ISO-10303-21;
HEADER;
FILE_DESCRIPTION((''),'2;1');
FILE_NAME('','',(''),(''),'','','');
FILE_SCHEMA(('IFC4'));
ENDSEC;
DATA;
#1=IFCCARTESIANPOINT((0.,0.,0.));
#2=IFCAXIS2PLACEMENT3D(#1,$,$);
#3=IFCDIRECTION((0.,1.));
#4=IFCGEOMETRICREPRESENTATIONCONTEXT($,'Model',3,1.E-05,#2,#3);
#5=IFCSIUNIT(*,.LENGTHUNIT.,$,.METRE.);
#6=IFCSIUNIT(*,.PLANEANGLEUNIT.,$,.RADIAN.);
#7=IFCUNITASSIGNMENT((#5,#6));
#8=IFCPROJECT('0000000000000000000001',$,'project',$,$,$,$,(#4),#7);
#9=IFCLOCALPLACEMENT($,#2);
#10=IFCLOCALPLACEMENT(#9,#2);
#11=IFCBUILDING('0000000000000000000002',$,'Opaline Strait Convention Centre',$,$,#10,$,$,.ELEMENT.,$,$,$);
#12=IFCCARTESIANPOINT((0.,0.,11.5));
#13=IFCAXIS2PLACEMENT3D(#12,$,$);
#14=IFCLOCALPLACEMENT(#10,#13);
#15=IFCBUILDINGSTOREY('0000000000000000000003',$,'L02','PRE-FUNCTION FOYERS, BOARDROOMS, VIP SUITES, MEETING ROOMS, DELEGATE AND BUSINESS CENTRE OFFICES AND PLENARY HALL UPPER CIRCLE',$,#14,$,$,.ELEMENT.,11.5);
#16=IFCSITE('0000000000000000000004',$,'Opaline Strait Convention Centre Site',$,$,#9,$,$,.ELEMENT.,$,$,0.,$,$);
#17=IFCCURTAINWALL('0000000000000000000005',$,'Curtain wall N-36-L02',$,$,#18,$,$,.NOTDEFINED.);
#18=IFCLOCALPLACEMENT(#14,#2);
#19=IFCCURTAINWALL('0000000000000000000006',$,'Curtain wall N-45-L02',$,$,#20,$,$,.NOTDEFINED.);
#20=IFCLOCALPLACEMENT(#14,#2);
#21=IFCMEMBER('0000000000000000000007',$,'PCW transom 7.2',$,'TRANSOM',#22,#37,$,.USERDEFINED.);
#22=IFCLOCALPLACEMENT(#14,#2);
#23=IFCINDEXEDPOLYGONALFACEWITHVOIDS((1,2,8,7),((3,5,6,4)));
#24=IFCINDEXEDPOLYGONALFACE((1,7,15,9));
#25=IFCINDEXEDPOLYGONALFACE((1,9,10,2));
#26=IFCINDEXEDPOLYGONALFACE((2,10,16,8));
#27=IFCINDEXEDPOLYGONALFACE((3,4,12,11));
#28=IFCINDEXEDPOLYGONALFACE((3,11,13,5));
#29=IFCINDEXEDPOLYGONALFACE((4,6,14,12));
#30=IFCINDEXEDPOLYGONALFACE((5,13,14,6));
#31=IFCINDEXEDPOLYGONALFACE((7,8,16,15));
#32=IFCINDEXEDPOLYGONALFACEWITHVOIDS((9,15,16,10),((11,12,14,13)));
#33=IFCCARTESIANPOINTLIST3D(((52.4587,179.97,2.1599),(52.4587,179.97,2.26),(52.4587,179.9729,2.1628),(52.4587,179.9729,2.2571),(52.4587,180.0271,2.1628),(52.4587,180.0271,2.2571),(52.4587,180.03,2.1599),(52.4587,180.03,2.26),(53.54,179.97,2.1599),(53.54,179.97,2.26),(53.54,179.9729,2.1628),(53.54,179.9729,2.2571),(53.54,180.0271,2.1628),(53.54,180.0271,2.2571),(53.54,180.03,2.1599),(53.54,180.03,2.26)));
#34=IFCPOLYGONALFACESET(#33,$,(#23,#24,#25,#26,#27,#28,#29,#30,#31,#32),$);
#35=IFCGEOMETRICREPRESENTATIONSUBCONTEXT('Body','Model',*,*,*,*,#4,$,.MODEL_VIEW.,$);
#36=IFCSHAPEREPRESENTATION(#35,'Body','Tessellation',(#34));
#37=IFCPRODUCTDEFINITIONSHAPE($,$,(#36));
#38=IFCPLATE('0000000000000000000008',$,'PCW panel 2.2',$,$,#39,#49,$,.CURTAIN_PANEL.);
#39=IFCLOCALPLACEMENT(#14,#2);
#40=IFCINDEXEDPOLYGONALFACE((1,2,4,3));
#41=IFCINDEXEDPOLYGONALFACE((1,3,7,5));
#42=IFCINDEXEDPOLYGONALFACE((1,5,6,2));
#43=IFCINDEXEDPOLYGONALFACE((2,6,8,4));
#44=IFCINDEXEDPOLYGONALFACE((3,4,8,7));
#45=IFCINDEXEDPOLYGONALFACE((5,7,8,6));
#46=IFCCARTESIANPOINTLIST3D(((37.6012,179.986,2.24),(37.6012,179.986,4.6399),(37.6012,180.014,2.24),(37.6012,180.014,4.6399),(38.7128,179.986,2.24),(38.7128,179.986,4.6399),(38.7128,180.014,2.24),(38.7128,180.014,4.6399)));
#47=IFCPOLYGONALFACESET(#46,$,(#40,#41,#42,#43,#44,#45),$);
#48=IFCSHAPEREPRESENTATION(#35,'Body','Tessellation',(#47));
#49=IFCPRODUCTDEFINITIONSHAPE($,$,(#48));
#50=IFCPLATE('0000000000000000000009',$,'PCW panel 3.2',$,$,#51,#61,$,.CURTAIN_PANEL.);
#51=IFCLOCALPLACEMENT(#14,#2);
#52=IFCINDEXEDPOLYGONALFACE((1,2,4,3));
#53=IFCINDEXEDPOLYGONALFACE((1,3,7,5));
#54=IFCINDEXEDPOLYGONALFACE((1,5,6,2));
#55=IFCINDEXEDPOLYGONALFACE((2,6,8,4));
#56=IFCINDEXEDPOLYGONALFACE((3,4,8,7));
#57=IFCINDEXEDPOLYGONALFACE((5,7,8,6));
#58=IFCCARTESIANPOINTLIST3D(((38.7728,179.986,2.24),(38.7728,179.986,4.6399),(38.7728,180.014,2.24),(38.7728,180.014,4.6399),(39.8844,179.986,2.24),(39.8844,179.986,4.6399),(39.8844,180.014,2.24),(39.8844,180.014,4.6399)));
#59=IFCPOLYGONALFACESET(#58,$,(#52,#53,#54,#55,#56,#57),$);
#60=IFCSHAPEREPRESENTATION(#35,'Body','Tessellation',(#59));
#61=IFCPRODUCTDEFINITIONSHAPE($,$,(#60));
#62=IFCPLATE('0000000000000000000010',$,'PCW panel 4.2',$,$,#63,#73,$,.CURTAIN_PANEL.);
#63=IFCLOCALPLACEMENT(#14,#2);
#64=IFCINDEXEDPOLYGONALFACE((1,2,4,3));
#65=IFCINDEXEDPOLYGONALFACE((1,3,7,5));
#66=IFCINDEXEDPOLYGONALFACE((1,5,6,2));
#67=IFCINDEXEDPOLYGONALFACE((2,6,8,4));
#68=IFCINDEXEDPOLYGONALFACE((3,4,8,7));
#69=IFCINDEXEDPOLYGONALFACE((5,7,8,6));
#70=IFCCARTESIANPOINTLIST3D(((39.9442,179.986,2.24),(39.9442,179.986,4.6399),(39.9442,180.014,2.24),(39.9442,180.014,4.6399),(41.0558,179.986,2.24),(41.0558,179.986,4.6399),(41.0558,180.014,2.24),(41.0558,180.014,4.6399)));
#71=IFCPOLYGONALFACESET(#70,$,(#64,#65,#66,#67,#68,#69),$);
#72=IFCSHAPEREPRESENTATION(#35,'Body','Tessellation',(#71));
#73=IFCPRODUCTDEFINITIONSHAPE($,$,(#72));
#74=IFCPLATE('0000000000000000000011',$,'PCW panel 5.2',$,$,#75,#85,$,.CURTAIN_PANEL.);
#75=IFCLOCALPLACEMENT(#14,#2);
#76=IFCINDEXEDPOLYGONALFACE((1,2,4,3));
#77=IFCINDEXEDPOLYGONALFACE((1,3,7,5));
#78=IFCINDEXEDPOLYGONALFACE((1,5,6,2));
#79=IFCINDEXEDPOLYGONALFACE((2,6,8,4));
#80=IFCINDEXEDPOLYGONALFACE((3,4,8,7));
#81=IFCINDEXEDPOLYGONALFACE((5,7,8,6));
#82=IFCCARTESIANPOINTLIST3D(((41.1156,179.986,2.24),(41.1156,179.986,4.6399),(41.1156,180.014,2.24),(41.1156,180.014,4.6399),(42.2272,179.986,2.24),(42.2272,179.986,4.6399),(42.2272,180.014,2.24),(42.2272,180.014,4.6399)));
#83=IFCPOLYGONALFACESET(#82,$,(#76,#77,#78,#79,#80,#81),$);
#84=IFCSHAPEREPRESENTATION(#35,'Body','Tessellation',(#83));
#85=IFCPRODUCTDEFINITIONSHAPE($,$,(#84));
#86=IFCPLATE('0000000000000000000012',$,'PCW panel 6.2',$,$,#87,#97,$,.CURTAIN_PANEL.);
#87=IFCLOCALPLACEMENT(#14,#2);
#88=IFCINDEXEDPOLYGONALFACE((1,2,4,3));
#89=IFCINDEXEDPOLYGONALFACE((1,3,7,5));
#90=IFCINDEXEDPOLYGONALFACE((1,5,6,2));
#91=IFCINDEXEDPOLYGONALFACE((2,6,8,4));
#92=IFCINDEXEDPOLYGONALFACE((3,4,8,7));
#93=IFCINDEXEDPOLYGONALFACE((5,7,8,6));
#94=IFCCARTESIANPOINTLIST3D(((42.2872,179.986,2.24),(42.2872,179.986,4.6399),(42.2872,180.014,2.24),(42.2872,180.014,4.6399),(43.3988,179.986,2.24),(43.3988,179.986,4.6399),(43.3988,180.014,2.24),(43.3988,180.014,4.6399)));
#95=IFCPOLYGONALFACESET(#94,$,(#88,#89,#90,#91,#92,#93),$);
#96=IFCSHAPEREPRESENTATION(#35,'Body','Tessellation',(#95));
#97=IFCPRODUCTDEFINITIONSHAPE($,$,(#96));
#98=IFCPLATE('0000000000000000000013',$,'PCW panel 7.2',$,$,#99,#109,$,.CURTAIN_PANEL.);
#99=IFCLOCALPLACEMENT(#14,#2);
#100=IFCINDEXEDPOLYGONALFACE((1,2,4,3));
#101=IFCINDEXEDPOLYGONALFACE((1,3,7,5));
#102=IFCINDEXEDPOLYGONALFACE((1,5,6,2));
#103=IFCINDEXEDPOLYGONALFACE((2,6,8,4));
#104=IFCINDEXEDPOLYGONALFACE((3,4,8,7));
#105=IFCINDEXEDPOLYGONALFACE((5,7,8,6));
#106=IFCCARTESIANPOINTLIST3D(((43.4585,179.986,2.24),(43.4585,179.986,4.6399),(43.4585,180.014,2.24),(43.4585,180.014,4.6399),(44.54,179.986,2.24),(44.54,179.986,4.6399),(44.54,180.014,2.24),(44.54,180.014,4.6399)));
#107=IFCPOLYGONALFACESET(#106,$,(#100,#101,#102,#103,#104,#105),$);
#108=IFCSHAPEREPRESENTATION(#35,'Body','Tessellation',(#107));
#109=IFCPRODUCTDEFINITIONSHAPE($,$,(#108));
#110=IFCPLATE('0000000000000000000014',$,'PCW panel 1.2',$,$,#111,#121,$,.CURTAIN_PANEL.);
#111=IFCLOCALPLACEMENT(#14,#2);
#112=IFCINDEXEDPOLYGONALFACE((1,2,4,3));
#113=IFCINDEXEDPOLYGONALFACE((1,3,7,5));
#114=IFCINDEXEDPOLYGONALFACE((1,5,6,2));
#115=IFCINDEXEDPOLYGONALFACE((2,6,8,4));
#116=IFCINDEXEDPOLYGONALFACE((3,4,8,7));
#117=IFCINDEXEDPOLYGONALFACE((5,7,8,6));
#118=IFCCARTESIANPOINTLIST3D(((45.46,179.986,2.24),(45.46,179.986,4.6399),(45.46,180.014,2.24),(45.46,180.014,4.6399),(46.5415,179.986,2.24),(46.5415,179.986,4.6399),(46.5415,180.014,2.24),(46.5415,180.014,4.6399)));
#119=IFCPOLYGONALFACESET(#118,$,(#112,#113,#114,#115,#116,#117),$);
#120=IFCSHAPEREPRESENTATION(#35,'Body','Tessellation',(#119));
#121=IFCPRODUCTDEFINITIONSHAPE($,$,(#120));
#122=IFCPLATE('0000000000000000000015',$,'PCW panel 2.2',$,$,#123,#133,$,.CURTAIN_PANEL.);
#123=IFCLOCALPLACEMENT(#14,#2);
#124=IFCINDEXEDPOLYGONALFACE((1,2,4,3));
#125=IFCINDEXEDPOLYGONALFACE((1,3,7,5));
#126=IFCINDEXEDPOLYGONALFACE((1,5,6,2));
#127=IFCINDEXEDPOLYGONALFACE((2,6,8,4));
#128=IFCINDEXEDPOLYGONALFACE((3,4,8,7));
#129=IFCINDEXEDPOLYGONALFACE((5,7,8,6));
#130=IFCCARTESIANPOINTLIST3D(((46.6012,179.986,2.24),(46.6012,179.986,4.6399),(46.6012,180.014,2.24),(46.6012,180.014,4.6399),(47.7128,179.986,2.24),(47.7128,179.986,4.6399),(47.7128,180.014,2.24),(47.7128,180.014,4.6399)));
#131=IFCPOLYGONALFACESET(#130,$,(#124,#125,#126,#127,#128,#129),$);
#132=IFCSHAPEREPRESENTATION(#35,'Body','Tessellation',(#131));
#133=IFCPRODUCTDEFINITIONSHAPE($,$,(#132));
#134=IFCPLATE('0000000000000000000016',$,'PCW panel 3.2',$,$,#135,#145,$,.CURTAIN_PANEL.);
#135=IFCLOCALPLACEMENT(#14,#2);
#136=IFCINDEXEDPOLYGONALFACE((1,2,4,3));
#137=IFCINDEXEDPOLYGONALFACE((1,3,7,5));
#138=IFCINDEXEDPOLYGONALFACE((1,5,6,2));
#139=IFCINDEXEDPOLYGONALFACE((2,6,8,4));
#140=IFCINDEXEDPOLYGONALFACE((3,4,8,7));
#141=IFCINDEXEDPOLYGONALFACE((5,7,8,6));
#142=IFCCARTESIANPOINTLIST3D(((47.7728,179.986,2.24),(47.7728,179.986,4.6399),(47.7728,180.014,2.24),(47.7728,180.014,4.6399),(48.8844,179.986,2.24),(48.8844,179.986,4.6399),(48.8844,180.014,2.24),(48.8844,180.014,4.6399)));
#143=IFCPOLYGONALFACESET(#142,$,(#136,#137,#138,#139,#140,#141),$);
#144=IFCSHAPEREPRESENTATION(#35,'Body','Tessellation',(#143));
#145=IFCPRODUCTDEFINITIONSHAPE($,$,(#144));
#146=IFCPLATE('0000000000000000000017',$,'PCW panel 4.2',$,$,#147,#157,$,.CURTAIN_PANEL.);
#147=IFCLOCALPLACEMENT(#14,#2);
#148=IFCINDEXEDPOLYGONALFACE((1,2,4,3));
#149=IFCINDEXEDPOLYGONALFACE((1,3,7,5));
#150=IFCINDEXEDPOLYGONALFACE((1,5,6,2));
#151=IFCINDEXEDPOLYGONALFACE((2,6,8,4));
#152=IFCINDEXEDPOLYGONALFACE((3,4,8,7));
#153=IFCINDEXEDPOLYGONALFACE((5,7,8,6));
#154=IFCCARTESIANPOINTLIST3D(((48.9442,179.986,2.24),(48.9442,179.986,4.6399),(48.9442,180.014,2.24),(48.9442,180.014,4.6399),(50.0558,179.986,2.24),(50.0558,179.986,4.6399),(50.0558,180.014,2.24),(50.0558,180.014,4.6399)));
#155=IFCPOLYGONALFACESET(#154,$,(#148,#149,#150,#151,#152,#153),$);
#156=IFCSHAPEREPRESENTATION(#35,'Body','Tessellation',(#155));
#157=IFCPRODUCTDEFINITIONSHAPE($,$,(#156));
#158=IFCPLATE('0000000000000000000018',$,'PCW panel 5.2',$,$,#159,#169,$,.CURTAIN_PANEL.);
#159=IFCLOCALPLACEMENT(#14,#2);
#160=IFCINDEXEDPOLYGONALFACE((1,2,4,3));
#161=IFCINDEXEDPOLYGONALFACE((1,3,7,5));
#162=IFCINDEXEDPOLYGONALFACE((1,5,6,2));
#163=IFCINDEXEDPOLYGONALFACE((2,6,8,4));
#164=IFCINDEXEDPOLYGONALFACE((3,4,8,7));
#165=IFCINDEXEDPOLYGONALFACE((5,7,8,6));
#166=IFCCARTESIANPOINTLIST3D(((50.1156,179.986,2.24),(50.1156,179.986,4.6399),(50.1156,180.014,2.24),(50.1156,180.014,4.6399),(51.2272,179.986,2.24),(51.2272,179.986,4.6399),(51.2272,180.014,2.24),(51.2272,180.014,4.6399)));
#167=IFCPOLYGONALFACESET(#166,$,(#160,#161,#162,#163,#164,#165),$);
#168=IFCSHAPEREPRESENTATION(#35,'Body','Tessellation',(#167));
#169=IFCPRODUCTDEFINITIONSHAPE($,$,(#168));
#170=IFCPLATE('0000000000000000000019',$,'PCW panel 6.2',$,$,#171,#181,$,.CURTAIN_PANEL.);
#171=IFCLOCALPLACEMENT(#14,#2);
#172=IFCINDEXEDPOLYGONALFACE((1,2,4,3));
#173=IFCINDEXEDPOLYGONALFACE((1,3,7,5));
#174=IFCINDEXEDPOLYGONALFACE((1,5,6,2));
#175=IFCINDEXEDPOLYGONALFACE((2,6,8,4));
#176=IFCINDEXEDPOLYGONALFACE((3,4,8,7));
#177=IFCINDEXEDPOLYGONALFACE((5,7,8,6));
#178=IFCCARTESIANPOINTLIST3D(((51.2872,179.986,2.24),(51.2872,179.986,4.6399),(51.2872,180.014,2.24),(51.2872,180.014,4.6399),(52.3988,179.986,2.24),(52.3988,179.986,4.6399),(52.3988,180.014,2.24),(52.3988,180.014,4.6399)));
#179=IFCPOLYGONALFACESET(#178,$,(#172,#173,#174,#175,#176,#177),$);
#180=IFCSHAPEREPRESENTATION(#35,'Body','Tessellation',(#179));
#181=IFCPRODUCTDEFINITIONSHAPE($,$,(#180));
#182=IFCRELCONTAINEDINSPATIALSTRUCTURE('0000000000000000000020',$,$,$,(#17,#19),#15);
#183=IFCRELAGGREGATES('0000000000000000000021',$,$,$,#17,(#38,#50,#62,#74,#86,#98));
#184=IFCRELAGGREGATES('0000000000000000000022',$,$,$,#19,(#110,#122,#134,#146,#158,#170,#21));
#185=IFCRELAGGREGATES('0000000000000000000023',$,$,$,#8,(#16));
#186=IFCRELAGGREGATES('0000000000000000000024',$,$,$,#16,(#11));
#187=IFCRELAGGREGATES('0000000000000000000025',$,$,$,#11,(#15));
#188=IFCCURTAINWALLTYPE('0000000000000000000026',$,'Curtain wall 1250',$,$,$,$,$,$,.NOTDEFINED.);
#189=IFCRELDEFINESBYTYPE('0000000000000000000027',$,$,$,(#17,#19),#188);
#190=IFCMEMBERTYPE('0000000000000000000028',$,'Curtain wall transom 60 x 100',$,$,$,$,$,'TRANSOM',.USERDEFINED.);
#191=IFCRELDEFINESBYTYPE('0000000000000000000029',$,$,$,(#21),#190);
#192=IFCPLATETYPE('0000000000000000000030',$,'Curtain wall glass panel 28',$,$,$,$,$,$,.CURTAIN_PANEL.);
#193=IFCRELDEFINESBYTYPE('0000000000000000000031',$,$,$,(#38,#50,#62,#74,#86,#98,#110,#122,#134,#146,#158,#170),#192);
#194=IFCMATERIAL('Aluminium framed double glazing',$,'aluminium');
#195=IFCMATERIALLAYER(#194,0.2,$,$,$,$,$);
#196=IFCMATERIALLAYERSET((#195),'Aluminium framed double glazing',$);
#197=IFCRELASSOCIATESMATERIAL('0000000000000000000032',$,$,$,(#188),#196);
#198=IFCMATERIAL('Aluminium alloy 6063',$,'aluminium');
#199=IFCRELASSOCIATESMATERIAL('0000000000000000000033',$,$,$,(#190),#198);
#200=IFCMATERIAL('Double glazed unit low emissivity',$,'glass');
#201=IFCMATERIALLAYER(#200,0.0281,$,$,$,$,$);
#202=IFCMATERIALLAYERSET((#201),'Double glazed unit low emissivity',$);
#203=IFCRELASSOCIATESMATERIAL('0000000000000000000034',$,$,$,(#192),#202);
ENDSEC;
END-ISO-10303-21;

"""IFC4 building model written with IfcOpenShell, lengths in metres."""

from ifc_helpers import new_model, si_unit, direction, frame, origin, origin_2d, place, context, subcontext, project, spatial, rectangle, hollow_rectangle, extrude, material, layer, layer_set, material_profile, profile_set, type_object, element, aggregate, save


model = new_model("IFC4")

# Units and contexts
model_context = context("Model", 3, precision=1e-05, world=origin(), true_north=direction((0.0, 1.0)))
body_context = subcontext(model_context, "Body", "Model", "MODEL_VIEW")
ifc_project = project(units=[si_unit("LENGTHUNIT", "METRE"), si_unit("PLANEANGLEUNIT", "RADIAN")], contexts=[model_context])

# Site, building, storey
site_placement = place(None, origin())
site = spatial("IfcSite", under=ifc_project, at=site_placement, Name="Opaline Strait Convention Centre Site", CompositionType="ELEMENT", RefElevation=0.0)
building_placement = place(site_placement, origin())
building = spatial("IfcBuilding", under=site, at=building_placement, Name="Opaline Strait Convention Centre", CompositionType="ELEMENT")
storey_placement = place(building_placement, frame((0.0, 0.0, 11.5)))
storey = spatial("IfcBuildingStorey", under=building, at=storey_placement, Name="L02", Description="PRE-FUNCTION FOYERS, BOARDROOMS, VIP SUITES, MEETING ROOMS, DELEGATE AND BUSINESS CENTRE OFFICES AND PLENARY HALL UPPER CIRCLE", CompositionType="ELEMENT", Elevation=11.5)

# Curtain walls, member
ifc_material_1 = material(Name="Aluminium framed double glazing", Category="aluminium")
ifc_layer_1 = layer(ifc_material_1, 0.2)
ifc_layer_set_1 = layer_set([ifc_layer_1], Name="Aluminium framed double glazing")
curtain_wall_type = type_object("IfcCurtainWallType", Name="Curtain wall 1250", PredefinedType="NOTDEFINED", material=ifc_layer_set_1)
curtain_wall_1_placement = place(storey_placement, origin())
curtain_wall_1 = element("IfcCurtainWall", 1, at=curtain_wall_1_placement, inside=storey, type_object=curtain_wall_type, Name="Curtain wall N-36-L02", PredefinedType="NOTDEFINED")
ifc_material_2 = material(Name="Aluminium alloy 6063", Category="aluminium")
ifc_material_profile = material_profile(ifc_material_2, hollow_rectangle(XDim=0.0601, YDim=0.1001, WallThickness=0.0029, at=origin_2d()), Name="TRANSOM 60x100x3")
ifc_profile_set = profile_set([ifc_material_profile], Name="Aluminium alloy 6063")
member_type = type_object("IfcMemberType", Name="Curtain wall transom 60 x 100", ElementType="TRANSOM", PredefinedType="USERDEFINED", material=ifc_profile_set)
curtain_wall_2_placement = place(storey_placement, origin())
curtain_wall_2 = element("IfcCurtainWall", 2, at=curtain_wall_2_placement, inside=storey, type_object=curtain_wall_type, Name="Curtain wall N-45-L02", PredefinedType="NOTDEFINED")
member_1_placement = place(storey_placement, frame((52.4587, 180.0, 2.21), z_axis=(1.0, 0.0, 0.0), x_axis=(0.0, 1.0, 0.0)))
member_1 = element("IfcMember", 3, at=member_1_placement, type_object=member_type, Name="PCW transom 7.2", ObjectType="TRANSOM", PredefinedType="USERDEFINED", context=body_context, shape_type="SweptSolid", body=[
    extrude(hollow_rectangle(XDim=0.0601, YDim=0.1001, WallThickness=0.0029, at=origin_2d()), origin(), (0.0, 0.0, 1.0), 1.0813),
])

# Plates
ifc_material_3 = material(Name="Double glazed unit low emissivity", Category="glass")
ifc_layer_2 = layer(ifc_material_3, 0.0281)
ifc_layer_set_2 = layer_set([ifc_layer_2], Name="Double glazed unit low emissivity")
plate_type = type_object("IfcPlateType", Name="Curtain wall glass panel 28", PredefinedType="CURTAIN_PANEL", material=ifc_layer_set_2)
plate_1_placement = place(storey_placement, frame((38.157, 180.0, 2.24), z_axis=(0.0, 0.0, 1.0), x_axis=(1.0, 0.0, 0.0)))
plate_1 = element("IfcPlate", 4, at=plate_1_placement, type_object=plate_type, Name="PCW panel 2.2", PredefinedType="CURTAIN_PANEL", context=body_context, shape_type="SweptSolid", body=[
    extrude(rectangle(XDim=1.1116, YDim=0.0281, at=origin_2d()), origin(), (0.0, 0.0, 1.0), 2.3999),
])
plate_2_placement = place(storey_placement, frame((39.3286, 180.0, 2.24), z_axis=(0.0, 0.0, 1.0), x_axis=(1.0, 0.0, 0.0)))
plate_2 = element("IfcPlate", 5, at=plate_2_placement, type_object=plate_type, Name="PCW panel 3.2", PredefinedType="CURTAIN_PANEL", context=body_context, shape_type="SweptSolid", body=[
    extrude(rectangle(XDim=1.1116, YDim=0.0281, at=origin_2d()), origin(), (0.0, 0.0, 1.0), 2.3999),
])
plate_3_placement = place(storey_placement, frame((40.5, 180.0, 2.24), z_axis=(0.0, 0.0, 1.0), x_axis=(1.0, 0.0, 0.0)))
plate_3 = element("IfcPlate", 6, at=plate_3_placement, type_object=plate_type, Name="PCW panel 4.2", PredefinedType="CURTAIN_PANEL", context=body_context, shape_type="SweptSolid", body=[
    extrude(rectangle(XDim=1.1116, YDim=0.0281, at=origin_2d()), origin(), (0.0, 0.0, 1.0), 2.3999),
])
plate_4_placement = place(storey_placement, frame((41.6714, 180.0, 2.24), z_axis=(0.0, 0.0, 1.0), x_axis=(1.0, 0.0, 0.0)))
plate_4 = element("IfcPlate", 7, at=plate_4_placement, type_object=plate_type, Name="PCW panel 5.2", PredefinedType="CURTAIN_PANEL", context=body_context, shape_type="SweptSolid", body=[
    extrude(rectangle(XDim=1.1116, YDim=0.0281, at=origin_2d()), origin(), (0.0, 0.0, 1.0), 2.3999),
])
plate_5_placement = place(storey_placement, frame((42.843, 180.0, 2.24), z_axis=(0.0, 0.0, 1.0), x_axis=(1.0, 0.0, 0.0)))
plate_5 = element("IfcPlate", 8, at=plate_5_placement, type_object=plate_type, Name="PCW panel 6.2", PredefinedType="CURTAIN_PANEL", context=body_context, shape_type="SweptSolid", body=[
    extrude(rectangle(XDim=1.1116, YDim=0.0281, at=origin_2d()), origin(), (0.0, 0.0, 1.0), 2.3999),
])
plate_6_placement = place(storey_placement, frame((43.9993, 180.0, 2.24), z_axis=(0.0, 0.0, 1.0), x_axis=(1.0, 0.0, 0.0)))
plate_6 = element("IfcPlate", 9, at=plate_6_placement, type_object=plate_type, Name="PCW panel 7.2", PredefinedType="CURTAIN_PANEL", context=body_context, shape_type="SweptSolid", body=[
    extrude(rectangle(XDim=1.0815, YDim=0.0281, at=origin_2d()), origin(), (0.0, 0.0, 1.0), 2.3999),
])
aggregate(curtain_wall_1, [plate_1, plate_2, plate_3, plate_4, plate_5, plate_6])
plate_7_placement = place(storey_placement, frame((46.0007, 180.0, 2.24), z_axis=(0.0, 0.0, 1.0), x_axis=(1.0, 0.0, 0.0)))
plate_7 = element("IfcPlate", 10, at=plate_7_placement, type_object=plate_type, Name="PCW panel 1.2", PredefinedType="CURTAIN_PANEL", context=body_context, shape_type="SweptSolid", body=[
    extrude(rectangle(XDim=1.0815, YDim=0.0281, at=origin_2d()), origin(), (0.0, 0.0, 1.0), 2.3999),
])
plate_8_placement = place(storey_placement, frame((47.157, 180.0, 2.24), z_axis=(0.0, 0.0, 1.0), x_axis=(1.0, 0.0, 0.0)))
plate_8 = element("IfcPlate", 11, at=plate_8_placement, type_object=plate_type, Name="PCW panel 2.2", PredefinedType="CURTAIN_PANEL", context=body_context, shape_type="SweptSolid", body=[
    extrude(rectangle(XDim=1.1116, YDim=0.0281, at=origin_2d()), origin(), (0.0, 0.0, 1.0), 2.3999),
])
plate_9_placement = place(storey_placement, frame((48.3286, 180.0, 2.24), z_axis=(0.0, 0.0, 1.0), x_axis=(1.0, 0.0, 0.0)))
plate_9 = element("IfcPlate", 12, at=plate_9_placement, type_object=plate_type, Name="PCW panel 3.2", PredefinedType="CURTAIN_PANEL", context=body_context, shape_type="SweptSolid", body=[
    extrude(rectangle(XDim=1.1116, YDim=0.0281, at=origin_2d()), origin(), (0.0, 0.0, 1.0), 2.3999),
])
plate_10_placement = place(storey_placement, frame((49.5, 180.0, 2.24), z_axis=(0.0, 0.0, 1.0), x_axis=(1.0, 0.0, 0.0)))
plate_10 = element("IfcPlate", 13, at=plate_10_placement, type_object=plate_type, Name="PCW panel 4.2", PredefinedType="CURTAIN_PANEL", context=body_context, shape_type="SweptSolid", body=[
    extrude(rectangle(XDim=1.1116, YDim=0.0281, at=origin_2d()), origin(), (0.0, 0.0, 1.0), 2.3999),
])
plate_11_placement = place(storey_placement, frame((50.6714, 180.0, 2.24), z_axis=(0.0, 0.0, 1.0), x_axis=(1.0, 0.0, 0.0)))
plate_11 = element("IfcPlate", 14, at=plate_11_placement, type_object=plate_type, Name="PCW panel 5.2", PredefinedType="CURTAIN_PANEL", context=body_context, shape_type="SweptSolid", body=[
    extrude(rectangle(XDim=1.1116, YDim=0.0281, at=origin_2d()), origin(), (0.0, 0.0, 1.0), 2.3999),
])
plate_12_placement = place(storey_placement, frame((51.843, 180.0, 2.24), z_axis=(0.0, 0.0, 1.0), x_axis=(1.0, 0.0, 0.0)))
plate_12 = element("IfcPlate", 15, at=plate_12_placement, type_object=plate_type, Name="PCW panel 6.2", PredefinedType="CURTAIN_PANEL", context=body_context, shape_type="SweptSolid", body=[
    extrude(rectangle(XDim=1.1116, YDim=0.0281, at=origin_2d()), origin(), (0.0, 0.0, 1.0), 2.3999),
])
aggregate(curtain_wall_2, [plate_7, plate_8, plate_9, plate_10, plate_11, plate_12, member_1])

save(model, "model.ifc")
